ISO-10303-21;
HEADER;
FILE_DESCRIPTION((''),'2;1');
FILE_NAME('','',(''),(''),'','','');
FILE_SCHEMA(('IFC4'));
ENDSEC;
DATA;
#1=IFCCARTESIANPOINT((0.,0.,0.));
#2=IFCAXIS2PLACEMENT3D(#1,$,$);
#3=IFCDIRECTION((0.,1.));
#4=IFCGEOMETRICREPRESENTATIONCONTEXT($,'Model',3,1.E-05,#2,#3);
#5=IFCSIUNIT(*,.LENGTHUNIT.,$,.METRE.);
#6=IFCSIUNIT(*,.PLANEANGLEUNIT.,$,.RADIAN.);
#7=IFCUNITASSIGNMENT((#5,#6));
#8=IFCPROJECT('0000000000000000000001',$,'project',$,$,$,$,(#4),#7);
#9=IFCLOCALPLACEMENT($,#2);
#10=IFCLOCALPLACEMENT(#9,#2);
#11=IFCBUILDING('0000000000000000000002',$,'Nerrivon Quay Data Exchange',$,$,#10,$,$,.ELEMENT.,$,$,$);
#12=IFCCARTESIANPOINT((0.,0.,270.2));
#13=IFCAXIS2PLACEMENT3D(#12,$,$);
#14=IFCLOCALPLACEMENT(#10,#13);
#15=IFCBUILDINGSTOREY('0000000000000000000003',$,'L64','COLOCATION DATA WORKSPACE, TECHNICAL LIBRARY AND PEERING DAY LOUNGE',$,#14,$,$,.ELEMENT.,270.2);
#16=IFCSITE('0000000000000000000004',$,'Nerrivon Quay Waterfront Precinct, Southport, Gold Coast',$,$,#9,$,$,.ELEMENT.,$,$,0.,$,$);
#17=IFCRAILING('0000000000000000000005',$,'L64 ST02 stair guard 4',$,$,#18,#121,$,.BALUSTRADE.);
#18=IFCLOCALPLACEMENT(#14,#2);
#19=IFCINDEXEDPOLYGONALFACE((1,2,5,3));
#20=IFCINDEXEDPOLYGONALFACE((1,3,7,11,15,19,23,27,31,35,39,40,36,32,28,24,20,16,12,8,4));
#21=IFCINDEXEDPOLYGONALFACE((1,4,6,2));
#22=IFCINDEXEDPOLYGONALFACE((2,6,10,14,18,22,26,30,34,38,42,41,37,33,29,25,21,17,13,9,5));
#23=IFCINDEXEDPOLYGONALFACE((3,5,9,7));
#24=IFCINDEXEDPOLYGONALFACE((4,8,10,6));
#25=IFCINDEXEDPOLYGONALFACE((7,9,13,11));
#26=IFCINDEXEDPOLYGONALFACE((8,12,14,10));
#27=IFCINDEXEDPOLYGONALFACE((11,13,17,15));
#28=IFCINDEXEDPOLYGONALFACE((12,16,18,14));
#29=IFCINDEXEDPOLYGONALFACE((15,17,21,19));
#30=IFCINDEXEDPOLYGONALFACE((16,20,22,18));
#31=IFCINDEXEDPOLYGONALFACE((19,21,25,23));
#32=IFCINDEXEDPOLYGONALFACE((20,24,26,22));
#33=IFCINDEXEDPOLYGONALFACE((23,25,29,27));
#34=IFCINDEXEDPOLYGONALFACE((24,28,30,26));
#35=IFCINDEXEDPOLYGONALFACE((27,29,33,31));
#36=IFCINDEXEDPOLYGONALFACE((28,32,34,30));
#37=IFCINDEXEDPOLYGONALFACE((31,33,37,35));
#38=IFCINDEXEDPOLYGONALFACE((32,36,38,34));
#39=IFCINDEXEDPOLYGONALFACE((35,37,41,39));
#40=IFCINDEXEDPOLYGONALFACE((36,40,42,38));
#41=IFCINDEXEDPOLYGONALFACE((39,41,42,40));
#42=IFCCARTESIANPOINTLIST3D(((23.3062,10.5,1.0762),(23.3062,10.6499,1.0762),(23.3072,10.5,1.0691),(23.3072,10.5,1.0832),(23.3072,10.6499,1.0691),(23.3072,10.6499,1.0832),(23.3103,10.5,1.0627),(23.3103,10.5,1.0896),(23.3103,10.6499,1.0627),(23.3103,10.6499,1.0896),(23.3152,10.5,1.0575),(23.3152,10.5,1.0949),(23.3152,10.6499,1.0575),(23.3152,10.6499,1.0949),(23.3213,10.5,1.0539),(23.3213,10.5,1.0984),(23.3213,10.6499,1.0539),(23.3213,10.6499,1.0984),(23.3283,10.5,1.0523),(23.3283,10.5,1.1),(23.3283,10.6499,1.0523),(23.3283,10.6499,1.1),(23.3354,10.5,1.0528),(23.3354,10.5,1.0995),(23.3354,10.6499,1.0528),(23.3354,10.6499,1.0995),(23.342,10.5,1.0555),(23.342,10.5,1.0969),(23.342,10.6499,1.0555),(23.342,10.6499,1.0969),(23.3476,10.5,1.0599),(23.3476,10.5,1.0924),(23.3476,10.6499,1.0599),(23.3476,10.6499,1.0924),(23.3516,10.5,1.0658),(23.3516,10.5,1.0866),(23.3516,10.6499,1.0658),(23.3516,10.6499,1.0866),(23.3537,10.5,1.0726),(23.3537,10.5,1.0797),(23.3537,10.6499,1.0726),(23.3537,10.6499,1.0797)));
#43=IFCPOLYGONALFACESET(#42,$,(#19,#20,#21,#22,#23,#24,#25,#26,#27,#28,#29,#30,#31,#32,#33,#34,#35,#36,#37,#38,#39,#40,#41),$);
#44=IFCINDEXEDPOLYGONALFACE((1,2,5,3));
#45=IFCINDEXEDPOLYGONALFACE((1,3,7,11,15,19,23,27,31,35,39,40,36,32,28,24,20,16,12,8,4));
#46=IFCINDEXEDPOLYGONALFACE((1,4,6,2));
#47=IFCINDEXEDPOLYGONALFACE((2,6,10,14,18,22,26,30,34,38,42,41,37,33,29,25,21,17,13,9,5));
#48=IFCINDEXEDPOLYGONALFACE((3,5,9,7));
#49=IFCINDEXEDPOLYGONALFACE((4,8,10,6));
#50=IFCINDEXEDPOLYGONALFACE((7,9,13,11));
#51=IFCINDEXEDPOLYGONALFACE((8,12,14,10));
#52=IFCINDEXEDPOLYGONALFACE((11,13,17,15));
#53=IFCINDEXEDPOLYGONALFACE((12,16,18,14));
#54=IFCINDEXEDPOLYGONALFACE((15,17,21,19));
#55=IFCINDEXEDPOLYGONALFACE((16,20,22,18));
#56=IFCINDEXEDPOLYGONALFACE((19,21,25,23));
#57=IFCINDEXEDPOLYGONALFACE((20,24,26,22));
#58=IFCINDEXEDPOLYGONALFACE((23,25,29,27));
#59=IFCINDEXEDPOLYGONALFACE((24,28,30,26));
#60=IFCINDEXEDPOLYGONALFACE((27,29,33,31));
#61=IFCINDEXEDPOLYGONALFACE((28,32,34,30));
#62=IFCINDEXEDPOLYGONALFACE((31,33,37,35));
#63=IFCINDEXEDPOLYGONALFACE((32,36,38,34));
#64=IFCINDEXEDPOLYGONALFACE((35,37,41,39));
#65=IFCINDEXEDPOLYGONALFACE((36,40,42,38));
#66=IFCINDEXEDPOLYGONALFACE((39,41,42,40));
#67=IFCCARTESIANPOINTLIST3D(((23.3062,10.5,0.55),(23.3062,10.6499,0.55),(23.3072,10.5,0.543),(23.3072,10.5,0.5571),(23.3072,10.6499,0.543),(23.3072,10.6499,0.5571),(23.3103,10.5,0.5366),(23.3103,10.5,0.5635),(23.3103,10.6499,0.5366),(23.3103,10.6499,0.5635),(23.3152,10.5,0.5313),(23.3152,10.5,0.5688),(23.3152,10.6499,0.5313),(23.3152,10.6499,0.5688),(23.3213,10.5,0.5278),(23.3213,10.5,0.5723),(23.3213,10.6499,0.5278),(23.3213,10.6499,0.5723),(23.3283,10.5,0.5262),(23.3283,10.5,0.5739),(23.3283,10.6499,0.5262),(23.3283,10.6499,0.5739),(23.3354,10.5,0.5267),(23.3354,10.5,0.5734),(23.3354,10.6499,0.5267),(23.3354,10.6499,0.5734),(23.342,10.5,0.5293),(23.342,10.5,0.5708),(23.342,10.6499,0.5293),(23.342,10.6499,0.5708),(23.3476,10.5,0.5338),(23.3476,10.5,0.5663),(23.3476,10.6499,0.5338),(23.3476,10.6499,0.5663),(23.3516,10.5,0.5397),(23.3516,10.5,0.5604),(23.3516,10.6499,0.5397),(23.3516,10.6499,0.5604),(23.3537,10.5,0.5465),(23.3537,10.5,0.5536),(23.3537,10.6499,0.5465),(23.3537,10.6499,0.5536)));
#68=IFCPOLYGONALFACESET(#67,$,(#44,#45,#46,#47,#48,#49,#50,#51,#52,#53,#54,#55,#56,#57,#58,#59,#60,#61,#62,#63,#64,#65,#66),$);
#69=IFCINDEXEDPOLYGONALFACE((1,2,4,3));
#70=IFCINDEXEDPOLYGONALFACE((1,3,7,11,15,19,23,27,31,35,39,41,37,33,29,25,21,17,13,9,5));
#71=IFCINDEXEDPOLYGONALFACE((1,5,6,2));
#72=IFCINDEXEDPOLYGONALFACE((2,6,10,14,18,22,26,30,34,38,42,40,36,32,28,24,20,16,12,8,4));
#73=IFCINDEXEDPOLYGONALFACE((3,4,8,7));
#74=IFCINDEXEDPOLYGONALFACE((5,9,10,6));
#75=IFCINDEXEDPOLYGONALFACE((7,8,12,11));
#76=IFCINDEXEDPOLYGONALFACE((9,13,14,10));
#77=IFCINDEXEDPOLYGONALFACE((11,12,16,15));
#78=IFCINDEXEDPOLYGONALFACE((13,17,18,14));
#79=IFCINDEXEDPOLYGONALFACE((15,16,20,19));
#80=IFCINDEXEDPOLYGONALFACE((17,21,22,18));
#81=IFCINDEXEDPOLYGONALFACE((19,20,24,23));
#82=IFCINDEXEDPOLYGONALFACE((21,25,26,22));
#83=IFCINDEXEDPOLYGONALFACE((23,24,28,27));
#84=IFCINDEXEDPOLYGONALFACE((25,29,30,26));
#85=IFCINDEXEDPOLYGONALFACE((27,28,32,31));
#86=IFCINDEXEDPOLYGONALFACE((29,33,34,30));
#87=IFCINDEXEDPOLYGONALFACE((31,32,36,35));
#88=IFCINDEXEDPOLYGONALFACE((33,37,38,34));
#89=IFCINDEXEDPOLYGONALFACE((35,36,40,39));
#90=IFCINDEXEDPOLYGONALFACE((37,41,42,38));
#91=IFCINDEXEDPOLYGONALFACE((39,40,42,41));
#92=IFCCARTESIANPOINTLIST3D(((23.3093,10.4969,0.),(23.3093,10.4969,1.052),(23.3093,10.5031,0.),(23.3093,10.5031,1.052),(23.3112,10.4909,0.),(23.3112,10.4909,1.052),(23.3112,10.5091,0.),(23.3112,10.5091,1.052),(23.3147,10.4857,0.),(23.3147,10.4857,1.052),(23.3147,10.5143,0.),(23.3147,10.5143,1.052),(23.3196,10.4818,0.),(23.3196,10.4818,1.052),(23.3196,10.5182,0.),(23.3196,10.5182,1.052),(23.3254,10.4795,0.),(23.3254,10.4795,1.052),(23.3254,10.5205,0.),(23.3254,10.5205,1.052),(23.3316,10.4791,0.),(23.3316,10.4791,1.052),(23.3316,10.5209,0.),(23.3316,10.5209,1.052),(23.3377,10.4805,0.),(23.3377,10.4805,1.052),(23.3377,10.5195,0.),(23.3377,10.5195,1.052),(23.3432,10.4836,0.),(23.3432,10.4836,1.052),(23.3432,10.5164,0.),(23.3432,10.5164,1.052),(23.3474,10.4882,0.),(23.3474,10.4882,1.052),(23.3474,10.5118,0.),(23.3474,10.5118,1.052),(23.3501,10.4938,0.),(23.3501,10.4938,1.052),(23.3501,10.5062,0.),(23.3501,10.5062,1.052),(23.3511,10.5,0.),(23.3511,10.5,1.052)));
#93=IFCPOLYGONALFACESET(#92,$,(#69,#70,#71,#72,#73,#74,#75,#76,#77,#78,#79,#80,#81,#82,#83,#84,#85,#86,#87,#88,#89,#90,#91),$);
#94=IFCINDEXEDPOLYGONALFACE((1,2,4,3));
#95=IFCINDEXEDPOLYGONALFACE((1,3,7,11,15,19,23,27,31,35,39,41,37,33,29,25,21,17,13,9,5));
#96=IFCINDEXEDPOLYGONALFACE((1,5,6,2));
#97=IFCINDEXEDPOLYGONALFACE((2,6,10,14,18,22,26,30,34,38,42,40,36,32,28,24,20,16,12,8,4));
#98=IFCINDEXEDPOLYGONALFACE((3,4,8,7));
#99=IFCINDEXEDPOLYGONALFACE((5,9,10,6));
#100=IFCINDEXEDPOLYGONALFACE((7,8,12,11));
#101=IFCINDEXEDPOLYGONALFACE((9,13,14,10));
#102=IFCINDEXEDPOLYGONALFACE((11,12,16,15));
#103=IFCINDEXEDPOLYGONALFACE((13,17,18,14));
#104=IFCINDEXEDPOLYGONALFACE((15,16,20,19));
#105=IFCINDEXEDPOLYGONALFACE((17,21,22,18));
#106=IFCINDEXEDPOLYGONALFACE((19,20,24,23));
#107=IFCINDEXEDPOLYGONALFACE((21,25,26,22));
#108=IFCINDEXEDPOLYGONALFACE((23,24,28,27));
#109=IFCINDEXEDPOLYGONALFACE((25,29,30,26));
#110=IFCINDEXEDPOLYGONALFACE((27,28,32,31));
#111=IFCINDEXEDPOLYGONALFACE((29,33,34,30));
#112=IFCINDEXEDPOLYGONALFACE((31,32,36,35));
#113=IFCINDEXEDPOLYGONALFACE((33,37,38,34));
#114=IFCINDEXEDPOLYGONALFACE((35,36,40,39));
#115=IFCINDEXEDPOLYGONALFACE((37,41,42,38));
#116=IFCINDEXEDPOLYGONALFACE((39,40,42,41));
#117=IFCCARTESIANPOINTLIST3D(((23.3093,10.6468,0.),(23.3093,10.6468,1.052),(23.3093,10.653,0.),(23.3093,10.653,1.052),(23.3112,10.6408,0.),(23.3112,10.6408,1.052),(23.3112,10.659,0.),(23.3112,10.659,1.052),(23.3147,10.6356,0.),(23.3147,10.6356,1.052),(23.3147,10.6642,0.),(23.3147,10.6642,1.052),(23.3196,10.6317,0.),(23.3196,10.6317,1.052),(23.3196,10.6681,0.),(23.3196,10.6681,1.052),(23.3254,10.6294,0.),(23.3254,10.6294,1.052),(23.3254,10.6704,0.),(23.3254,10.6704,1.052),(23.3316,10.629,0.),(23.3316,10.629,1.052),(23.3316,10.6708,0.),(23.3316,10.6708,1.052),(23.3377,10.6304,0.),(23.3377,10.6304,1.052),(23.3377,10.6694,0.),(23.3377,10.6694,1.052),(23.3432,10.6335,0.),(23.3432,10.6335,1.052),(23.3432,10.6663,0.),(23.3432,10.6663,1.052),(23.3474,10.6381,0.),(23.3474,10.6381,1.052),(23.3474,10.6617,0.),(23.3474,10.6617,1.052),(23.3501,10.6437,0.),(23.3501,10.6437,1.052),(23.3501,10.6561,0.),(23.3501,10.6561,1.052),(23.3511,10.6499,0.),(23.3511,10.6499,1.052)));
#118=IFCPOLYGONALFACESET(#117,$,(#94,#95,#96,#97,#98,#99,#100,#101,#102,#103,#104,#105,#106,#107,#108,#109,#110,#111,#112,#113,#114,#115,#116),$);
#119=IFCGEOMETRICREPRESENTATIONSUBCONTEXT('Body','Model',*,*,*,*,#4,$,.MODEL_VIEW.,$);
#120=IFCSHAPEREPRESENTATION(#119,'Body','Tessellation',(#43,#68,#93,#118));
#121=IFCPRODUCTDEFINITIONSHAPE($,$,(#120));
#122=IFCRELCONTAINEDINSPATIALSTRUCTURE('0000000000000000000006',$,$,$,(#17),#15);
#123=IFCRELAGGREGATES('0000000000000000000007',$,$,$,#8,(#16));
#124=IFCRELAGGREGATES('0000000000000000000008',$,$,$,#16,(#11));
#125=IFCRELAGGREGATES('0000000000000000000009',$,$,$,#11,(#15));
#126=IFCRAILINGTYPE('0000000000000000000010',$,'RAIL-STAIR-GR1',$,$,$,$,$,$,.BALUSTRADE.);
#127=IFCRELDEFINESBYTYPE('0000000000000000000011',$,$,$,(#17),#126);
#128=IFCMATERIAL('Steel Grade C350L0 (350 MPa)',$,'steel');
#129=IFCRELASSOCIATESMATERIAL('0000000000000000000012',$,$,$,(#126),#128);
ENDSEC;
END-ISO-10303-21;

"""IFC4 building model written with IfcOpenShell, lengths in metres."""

from ifc_helpers import new_model, si_unit, direction, frame, origin, origin_2d, place, context, subcontext, project, spatial, circle, extrude, material, type_object, element, save


model = new_model("IFC4")

# Units and contexts
model_context = context("Model", 3, precision=1e-05, world=origin(), true_north=direction((0.0, 1.0)))
body_context = subcontext(model_context, "Body", "Model", "MODEL_VIEW")
ifc_project = project(units=[si_unit("LENGTHUNIT", "METRE"), si_unit("PLANEANGLEUNIT", "RADIAN")], contexts=[model_context])

# Site, building, storey
site_placement = place(None, origin())
site = spatial("IfcSite", under=ifc_project, at=site_placement, Name="Nerrivon Quay Waterfront Precinct, Southport, Gold Coast", CompositionType="ELEMENT", RefElevation=0.0)
building_placement = place(site_placement, origin())
building = spatial("IfcBuilding", under=site, at=building_placement, Name="Nerrivon Quay Data Exchange", CompositionType="ELEMENT")
storey_placement = place(building_placement, frame((0.0, 0.0, 270.2)))
storey = spatial("IfcBuildingStorey", under=building, at=storey_placement, Name="L64", Description="COLOCATION DATA WORKSPACE, TECHNICAL LIBRARY AND PEERING DAY LOUNGE", CompositionType="ELEMENT", Elevation=270.2)

# Railing
ifc_material_1 = material(Name="Steel Grade C350L0 (350 MPa)", Category="steel")
railing_type_1 = type_object("IfcRailingType", Name="RAIL-STAIR-GR1", PredefinedType="BALUSTRADE", material=ifc_material_1)
railing_1_placement = place(storey_placement, frame((23.3301, 10.5, 0.0)))
element("IfcRailing", 1, at=railing_1_placement, inside=storey, type_object=railing_type_1, Name="L64 ST02 stair guard 4", PredefinedType="BALUSTRADE", context=body_context, shape_type="SweptSolid", body=[
    extrude(circle(Radius=0.0239, at=origin_2d()), frame((0.0, 0.0, 1.0762), z_axis=(0.0, 1.0, 0.0), x_axis=(-1.0, 0.0, 0.0)), (0.0, 0.0, 1.0), 0.1499),
    extrude(circle(Radius=0.0239, at=origin_2d()), frame((0.0, 0.0, 0.55), z_axis=(0.0, 1.0, 0.0), x_axis=(-1.0, 0.0, 0.0)), (0.0, 0.0, 1.0), 0.1499),
    extrude(circle(Radius=0.021, at=origin_2d()), origin(), (0.0, 0.0, 1.0), 1.052),
    extrude(circle(Radius=0.021, at=origin_2d()), frame((0.0, 0.1499, 0.0)), (0.0, 0.0, 1.0), 1.052),
])

save(model, "model.ifc")
